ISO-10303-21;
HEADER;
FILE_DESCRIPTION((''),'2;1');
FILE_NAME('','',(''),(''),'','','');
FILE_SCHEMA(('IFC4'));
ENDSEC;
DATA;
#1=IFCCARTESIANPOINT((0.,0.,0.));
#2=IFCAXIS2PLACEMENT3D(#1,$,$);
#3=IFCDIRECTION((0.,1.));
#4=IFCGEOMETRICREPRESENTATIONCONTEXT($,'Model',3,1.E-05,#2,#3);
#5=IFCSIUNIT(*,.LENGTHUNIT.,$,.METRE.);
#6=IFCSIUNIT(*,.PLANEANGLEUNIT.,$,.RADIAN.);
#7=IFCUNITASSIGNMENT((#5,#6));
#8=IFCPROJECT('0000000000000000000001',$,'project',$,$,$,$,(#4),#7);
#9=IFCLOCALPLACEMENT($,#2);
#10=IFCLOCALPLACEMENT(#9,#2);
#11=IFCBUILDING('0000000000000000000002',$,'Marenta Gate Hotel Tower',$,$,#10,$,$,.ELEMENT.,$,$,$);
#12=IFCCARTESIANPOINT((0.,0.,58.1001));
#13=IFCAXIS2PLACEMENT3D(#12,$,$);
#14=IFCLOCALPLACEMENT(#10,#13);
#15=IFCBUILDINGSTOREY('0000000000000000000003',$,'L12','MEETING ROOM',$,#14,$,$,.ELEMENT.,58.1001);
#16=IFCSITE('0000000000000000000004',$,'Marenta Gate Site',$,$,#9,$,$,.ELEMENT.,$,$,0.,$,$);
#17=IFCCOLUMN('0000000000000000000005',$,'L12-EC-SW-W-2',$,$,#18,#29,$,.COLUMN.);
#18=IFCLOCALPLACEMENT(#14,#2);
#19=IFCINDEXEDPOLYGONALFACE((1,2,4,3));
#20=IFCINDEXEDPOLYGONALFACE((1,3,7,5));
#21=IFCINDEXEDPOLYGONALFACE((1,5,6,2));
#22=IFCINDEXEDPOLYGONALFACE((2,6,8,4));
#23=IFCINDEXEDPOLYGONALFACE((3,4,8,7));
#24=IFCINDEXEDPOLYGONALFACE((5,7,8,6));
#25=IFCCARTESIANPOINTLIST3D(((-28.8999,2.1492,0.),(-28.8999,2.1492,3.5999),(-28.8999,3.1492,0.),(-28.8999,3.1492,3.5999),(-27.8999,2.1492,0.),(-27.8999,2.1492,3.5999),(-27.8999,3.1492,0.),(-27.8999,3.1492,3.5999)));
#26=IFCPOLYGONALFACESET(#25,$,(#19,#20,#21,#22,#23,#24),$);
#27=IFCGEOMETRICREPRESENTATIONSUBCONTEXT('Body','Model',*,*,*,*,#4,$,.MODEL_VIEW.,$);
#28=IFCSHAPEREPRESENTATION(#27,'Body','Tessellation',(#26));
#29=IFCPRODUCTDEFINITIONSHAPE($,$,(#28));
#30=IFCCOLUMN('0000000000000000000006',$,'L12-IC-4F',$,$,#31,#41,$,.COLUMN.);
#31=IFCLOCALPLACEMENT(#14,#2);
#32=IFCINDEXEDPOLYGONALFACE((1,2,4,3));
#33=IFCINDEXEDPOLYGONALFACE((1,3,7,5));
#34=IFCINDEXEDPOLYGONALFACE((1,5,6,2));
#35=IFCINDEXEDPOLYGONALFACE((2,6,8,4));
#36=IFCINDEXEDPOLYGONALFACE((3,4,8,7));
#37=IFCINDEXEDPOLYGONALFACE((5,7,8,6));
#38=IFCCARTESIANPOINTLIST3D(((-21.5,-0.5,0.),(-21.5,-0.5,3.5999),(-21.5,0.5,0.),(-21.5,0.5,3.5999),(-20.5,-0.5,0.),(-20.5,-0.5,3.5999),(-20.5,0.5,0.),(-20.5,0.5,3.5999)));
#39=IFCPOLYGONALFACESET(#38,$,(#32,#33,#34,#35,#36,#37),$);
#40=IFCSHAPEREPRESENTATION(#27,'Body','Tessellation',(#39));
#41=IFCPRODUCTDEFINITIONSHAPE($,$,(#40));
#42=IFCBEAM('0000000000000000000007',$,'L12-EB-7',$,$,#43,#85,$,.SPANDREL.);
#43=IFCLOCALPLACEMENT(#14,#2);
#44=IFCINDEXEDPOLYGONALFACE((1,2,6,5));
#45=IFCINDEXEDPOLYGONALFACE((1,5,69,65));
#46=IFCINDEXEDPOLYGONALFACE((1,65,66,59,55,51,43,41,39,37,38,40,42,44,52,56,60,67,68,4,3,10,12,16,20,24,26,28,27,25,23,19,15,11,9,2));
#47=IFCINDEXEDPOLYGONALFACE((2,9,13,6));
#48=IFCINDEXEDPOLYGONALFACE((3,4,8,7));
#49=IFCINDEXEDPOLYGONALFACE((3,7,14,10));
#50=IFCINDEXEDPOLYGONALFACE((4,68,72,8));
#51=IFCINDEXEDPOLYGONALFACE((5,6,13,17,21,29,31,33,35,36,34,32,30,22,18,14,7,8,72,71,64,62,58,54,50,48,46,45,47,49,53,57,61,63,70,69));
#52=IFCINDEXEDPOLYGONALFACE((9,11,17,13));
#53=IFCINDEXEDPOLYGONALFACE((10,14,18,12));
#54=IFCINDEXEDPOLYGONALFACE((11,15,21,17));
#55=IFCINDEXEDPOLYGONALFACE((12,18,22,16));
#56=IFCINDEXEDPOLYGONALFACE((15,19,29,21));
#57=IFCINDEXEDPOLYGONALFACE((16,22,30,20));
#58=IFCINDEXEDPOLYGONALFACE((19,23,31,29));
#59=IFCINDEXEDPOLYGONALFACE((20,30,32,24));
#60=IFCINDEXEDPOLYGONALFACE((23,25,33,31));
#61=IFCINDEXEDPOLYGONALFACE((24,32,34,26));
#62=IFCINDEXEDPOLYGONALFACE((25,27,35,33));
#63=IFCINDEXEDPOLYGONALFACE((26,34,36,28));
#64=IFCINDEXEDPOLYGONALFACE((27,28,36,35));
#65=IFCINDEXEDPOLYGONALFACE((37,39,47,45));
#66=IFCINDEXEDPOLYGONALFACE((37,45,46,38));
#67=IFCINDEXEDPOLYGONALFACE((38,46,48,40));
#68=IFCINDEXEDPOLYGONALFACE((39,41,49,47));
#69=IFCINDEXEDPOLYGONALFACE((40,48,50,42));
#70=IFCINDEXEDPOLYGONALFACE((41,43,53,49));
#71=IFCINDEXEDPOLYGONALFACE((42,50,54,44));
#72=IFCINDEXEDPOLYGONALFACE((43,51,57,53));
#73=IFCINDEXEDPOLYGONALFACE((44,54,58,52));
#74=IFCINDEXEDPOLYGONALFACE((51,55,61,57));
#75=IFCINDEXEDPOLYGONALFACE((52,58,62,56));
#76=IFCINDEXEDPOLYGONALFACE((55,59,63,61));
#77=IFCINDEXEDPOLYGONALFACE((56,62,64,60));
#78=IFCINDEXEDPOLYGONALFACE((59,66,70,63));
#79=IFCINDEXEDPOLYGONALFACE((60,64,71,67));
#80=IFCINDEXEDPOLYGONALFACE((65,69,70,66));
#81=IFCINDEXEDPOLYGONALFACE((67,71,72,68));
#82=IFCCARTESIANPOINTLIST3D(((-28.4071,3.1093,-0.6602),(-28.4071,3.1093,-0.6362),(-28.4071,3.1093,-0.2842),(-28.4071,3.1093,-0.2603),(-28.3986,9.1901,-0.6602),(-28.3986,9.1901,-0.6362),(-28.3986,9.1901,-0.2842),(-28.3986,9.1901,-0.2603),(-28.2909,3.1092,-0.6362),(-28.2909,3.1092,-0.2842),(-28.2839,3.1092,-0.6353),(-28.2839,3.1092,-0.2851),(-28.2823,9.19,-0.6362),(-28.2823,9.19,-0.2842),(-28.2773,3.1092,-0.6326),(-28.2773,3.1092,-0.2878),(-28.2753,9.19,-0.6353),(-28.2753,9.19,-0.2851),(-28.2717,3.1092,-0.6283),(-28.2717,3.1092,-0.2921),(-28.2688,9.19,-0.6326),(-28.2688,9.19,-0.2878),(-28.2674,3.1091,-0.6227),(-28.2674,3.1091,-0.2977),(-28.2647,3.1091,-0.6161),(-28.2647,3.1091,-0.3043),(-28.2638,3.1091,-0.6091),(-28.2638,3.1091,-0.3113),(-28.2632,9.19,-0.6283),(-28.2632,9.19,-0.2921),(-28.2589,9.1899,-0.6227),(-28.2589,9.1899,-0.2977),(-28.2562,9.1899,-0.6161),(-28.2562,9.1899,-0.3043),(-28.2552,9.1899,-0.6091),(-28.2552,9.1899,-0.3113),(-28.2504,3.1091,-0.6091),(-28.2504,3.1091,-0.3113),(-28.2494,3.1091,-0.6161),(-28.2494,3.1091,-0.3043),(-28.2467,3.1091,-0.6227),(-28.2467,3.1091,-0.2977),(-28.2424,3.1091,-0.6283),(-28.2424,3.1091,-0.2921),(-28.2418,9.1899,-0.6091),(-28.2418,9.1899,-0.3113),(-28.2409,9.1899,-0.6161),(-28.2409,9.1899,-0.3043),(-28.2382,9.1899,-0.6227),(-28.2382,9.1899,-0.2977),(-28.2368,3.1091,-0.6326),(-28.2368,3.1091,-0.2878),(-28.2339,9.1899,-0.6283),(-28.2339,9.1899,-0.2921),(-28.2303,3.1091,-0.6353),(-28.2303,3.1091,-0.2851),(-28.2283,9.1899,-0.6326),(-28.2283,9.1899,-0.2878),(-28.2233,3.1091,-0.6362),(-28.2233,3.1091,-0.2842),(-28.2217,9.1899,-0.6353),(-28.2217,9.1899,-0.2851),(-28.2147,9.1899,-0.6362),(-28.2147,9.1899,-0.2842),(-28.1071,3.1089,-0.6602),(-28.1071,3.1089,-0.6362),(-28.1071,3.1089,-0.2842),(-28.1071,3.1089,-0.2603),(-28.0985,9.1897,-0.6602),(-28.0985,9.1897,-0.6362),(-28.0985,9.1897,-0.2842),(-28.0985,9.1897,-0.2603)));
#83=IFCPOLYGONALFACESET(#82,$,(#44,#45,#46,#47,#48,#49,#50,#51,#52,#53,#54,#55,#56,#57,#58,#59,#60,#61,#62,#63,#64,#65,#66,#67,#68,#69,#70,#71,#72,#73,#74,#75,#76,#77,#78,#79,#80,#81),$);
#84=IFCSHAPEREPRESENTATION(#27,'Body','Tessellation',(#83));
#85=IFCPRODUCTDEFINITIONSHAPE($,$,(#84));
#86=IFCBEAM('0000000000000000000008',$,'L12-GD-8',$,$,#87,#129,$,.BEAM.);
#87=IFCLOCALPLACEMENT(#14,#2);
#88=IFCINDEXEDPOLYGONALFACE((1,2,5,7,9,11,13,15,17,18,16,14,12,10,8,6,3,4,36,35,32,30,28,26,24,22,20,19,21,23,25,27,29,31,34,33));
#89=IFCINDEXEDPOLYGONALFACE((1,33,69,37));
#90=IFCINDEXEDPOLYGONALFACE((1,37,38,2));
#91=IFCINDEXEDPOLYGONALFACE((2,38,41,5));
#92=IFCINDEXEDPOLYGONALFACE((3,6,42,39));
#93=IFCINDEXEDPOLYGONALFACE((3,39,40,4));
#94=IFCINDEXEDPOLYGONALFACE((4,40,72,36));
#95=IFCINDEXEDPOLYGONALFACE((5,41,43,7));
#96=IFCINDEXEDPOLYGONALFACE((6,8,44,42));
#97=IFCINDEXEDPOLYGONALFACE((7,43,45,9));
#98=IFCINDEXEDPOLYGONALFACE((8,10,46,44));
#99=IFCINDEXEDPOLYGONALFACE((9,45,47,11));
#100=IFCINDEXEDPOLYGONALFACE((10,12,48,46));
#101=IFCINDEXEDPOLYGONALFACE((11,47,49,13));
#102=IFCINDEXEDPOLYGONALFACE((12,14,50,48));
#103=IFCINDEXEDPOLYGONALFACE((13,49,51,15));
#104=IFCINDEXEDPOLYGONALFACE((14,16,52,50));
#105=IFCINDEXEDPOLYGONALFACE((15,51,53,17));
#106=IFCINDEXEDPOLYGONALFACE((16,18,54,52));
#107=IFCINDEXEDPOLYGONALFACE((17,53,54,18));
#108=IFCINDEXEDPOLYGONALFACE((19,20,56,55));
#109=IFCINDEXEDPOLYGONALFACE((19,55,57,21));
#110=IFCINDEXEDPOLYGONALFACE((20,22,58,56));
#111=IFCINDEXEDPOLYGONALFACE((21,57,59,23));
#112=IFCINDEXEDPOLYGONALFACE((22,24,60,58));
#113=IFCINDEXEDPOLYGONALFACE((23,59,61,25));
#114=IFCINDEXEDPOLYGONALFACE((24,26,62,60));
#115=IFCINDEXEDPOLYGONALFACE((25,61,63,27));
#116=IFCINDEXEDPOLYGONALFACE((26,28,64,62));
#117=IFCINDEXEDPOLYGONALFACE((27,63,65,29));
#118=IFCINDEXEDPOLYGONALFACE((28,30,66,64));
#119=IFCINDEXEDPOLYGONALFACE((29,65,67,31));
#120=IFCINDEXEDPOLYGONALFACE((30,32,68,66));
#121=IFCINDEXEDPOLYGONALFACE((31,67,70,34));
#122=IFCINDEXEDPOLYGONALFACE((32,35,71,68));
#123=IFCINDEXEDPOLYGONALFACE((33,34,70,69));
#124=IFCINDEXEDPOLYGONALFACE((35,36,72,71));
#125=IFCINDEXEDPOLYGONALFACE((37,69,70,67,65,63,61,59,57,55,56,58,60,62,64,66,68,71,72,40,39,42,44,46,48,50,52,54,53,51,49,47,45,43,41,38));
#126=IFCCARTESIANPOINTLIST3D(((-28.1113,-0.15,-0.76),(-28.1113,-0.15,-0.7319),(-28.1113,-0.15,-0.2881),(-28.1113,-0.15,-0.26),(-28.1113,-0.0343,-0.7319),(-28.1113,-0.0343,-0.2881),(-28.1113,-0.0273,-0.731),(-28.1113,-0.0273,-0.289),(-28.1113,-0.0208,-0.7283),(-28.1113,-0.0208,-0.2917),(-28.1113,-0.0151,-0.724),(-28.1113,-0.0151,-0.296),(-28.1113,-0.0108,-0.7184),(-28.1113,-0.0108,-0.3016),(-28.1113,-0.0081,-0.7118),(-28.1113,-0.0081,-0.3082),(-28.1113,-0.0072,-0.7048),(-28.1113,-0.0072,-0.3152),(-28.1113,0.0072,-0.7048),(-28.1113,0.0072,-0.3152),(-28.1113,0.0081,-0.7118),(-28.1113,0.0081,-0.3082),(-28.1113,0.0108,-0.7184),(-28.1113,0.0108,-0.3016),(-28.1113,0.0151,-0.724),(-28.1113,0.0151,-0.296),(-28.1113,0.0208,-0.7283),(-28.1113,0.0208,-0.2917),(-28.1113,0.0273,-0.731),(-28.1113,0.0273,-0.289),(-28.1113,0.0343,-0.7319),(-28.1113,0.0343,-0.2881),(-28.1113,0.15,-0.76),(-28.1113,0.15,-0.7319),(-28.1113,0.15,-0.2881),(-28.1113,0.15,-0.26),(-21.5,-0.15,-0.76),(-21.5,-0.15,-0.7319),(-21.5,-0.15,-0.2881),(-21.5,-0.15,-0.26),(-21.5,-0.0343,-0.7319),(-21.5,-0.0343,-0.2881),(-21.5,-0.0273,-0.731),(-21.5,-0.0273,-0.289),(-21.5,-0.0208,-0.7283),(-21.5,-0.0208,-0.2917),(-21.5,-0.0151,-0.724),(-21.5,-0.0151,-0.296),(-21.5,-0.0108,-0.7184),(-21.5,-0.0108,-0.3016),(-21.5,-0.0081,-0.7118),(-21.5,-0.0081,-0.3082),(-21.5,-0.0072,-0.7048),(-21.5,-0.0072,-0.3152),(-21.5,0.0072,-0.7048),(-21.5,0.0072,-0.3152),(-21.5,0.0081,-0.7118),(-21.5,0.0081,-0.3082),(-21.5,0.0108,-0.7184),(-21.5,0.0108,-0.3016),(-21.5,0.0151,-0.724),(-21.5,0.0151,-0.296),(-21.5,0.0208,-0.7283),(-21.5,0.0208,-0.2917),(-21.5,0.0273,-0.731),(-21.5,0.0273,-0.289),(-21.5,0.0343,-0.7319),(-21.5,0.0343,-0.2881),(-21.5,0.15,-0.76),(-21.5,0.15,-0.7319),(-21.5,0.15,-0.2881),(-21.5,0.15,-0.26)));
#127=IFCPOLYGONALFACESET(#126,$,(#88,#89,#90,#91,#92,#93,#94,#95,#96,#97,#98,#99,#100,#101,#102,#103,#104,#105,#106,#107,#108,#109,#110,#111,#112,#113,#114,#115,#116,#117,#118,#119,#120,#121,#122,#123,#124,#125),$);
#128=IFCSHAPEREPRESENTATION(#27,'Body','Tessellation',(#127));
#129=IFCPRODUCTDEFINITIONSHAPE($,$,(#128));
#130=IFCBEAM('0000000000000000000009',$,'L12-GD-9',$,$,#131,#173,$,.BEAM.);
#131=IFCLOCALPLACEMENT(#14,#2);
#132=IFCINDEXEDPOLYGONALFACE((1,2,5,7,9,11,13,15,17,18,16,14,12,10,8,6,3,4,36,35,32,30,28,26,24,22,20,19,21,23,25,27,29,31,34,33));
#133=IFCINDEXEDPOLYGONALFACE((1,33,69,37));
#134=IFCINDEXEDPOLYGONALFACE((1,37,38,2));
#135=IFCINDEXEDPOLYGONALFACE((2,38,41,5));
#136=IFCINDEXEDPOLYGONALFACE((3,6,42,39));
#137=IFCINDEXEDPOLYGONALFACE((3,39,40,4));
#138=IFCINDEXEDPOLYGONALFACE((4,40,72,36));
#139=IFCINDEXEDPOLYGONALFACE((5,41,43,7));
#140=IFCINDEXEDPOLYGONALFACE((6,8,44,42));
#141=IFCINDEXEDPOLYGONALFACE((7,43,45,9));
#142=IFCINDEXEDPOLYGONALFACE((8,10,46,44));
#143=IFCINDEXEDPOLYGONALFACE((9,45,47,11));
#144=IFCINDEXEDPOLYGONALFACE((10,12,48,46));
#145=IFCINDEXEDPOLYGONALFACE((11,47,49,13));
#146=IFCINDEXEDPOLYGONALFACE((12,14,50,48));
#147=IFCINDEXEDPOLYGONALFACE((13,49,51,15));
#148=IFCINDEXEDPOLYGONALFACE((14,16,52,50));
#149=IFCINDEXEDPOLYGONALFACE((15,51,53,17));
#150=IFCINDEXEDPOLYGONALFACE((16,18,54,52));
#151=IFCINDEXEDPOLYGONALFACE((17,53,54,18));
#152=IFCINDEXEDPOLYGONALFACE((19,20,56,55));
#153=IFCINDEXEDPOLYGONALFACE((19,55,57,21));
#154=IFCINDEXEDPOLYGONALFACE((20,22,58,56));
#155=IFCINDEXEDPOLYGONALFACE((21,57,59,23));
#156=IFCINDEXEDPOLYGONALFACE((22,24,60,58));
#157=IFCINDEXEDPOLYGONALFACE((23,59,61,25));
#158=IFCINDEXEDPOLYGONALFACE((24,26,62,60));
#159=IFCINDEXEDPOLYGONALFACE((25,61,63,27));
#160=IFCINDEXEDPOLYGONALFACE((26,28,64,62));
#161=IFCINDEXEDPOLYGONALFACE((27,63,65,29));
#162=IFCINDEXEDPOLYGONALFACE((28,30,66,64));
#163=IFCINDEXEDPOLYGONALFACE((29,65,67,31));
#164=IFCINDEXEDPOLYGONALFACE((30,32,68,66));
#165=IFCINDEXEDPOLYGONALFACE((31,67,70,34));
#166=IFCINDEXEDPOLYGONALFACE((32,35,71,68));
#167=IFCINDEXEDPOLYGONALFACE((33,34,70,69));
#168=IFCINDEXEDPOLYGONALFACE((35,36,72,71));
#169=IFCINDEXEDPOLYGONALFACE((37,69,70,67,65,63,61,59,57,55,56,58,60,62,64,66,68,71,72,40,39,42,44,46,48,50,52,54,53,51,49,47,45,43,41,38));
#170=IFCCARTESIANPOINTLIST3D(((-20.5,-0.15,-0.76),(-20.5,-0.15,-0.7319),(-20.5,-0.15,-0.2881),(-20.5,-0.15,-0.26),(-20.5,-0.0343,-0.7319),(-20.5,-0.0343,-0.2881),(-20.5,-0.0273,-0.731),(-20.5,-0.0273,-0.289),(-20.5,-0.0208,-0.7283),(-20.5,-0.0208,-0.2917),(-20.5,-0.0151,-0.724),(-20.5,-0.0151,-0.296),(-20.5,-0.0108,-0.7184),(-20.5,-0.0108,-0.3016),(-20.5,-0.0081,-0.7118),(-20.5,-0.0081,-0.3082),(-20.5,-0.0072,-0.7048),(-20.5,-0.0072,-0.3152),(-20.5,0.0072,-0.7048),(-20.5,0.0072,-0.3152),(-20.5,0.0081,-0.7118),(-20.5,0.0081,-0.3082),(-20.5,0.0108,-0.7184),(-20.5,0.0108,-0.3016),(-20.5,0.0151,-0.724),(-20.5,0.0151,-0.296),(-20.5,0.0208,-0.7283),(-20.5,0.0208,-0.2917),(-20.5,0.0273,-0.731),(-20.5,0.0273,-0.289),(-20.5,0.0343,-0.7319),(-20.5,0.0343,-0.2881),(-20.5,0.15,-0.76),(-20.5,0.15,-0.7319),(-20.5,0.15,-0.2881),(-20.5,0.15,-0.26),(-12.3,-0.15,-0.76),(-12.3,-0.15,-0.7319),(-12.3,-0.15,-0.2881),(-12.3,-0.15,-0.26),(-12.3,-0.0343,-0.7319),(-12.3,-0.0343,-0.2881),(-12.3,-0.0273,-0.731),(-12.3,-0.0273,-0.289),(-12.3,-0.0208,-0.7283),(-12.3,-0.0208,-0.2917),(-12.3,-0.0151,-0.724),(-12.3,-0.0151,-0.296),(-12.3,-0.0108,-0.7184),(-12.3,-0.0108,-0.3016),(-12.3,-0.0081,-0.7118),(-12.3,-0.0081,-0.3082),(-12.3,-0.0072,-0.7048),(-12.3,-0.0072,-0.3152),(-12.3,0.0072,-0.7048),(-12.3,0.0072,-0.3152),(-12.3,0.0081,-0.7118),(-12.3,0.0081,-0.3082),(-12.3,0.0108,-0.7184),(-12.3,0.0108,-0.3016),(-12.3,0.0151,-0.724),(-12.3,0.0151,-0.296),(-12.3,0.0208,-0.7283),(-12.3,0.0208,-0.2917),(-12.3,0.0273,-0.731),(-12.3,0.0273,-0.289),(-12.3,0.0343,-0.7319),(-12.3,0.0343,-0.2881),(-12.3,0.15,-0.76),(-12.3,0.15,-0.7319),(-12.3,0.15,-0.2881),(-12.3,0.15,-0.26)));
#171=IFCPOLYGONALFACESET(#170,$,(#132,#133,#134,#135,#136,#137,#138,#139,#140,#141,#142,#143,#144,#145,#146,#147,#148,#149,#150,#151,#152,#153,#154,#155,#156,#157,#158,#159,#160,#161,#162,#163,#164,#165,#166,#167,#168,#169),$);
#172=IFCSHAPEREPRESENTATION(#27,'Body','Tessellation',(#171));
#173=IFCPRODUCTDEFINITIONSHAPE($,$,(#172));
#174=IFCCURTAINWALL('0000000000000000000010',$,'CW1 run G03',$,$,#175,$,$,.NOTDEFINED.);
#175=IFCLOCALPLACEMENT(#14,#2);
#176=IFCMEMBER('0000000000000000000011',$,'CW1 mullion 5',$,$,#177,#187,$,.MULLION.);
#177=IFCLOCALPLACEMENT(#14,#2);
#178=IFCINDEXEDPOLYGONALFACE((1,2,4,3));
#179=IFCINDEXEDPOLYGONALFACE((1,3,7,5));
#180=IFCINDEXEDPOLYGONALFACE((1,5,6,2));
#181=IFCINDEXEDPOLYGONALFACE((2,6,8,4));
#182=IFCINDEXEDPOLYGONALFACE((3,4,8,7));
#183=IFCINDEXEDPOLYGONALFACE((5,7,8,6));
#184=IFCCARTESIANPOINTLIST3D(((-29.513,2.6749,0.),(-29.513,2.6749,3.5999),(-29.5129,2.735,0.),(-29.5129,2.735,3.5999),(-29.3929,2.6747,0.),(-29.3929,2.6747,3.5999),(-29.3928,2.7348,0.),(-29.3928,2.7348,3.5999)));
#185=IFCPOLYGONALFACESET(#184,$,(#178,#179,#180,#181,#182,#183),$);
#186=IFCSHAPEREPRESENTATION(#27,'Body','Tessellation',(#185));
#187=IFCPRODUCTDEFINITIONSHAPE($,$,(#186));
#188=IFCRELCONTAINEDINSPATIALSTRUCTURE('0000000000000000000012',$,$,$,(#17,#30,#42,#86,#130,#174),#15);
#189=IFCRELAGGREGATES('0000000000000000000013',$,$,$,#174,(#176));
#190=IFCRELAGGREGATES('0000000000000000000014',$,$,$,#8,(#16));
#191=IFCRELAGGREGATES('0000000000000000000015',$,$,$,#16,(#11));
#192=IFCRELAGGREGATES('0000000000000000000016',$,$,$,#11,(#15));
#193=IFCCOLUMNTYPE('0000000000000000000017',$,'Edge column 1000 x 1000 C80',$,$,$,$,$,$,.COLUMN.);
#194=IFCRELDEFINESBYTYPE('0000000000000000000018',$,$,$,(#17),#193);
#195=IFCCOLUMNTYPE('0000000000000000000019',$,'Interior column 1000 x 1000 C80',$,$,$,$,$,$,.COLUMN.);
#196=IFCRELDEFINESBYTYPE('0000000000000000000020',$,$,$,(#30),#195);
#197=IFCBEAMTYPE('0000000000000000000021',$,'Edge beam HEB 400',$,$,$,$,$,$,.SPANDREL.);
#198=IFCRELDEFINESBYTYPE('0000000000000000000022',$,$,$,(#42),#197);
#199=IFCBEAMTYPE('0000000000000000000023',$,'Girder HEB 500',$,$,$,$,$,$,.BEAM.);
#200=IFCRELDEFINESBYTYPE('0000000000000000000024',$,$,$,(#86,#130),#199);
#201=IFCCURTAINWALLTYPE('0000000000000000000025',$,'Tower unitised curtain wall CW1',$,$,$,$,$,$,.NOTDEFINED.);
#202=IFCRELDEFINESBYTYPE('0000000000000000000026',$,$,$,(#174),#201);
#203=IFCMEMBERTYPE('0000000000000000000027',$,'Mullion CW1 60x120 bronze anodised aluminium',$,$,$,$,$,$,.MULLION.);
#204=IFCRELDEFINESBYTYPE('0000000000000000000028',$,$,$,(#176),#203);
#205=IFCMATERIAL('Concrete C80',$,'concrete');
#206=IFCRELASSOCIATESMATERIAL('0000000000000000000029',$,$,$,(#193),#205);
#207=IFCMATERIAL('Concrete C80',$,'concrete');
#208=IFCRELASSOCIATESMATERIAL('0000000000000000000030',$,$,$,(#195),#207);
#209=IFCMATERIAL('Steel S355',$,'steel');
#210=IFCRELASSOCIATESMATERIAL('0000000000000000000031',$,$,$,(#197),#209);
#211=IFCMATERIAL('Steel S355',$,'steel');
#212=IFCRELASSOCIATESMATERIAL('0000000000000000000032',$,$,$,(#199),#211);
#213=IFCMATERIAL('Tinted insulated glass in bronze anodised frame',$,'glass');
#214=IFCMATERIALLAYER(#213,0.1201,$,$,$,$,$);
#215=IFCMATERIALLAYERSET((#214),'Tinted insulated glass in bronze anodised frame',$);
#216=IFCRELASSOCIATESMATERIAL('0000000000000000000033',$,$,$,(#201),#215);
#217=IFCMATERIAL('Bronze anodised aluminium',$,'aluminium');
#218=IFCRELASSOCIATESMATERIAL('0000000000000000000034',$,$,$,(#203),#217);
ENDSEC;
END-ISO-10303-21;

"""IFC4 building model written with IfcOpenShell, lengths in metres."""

from ifc_helpers import new_model, si_unit, direction, frame, origin, origin_2d, place, context, subcontext, project, spatial, rectangle, i_section, extrude, material, layer, layer_set, material_profile, profile_set, type_object, element, aggregate, save


model = new_model("IFC4")

# Units and contexts
model_context = context("Model", 3, precision=1e-05, world=origin(), true_north=direction((0.0, 1.0)))
body_context = subcontext(model_context, "Body", "Model", "MODEL_VIEW")
ifc_project = project(units=[si_unit("LENGTHUNIT", "METRE"), si_unit("PLANEANGLEUNIT", "RADIAN")], contexts=[model_context])

# Site, building, storey
site_placement = place(None, origin())
site = spatial("IfcSite", under=ifc_project, at=site_placement, Name="Marenta Gate Site", CompositionType="ELEMENT", RefElevation=0.0)
building_placement = place(site_placement, origin())
building = spatial("IfcBuilding", under=site, at=building_placement, Name="Marenta Gate Hotel Tower", CompositionType="ELEMENT")
storey_placement = place(building_placement, frame((0.0, 0.0, 58.1001)))
storey = spatial("IfcBuildingStorey", under=building, at=storey_placement, Name="L12", Description="MEETING ROOM", CompositionType="ELEMENT", Elevation=58.1001)

# Columns
ifc_material_1 = material(Name="Concrete C80", Category="concrete")
ifc_material_profile_1 = material_profile(ifc_material_1, rectangle(XDim=1.0, YDim=1.0, at=origin_2d()), Name="1000 x 1000")
ifc_profile_set_1 = profile_set([ifc_material_profile_1], Name="Concrete C80")
column_type_1 = type_object("IfcColumnType", Name="Edge column 1000 x 1000 C80", PredefinedType="COLUMN", material=ifc_profile_set_1)
column_1_placement = place(storey_placement, frame((-28.3999, 2.6492, 0.0), z_axis=(0.0, 0.0, 1.0), x_axis=(1.0, 0.0, 0.0)))
element("IfcColumn", 1, at=column_1_placement, inside=storey, type_object=column_type_1, Name="L12-EC-SW-W-2", PredefinedType="COLUMN", context=body_context, shape_type="SweptSolid", body=[
    extrude(rectangle(XDim=1.0, YDim=1.0, at=origin_2d()), origin(), (0.0, 0.0, 1.0), 3.5999),
])
ifc_material_2 = material(Name="Concrete C80", Category="concrete")
ifc_material_profile_2 = material_profile(ifc_material_2, rectangle(XDim=1.0, YDim=1.0, at=origin_2d()), Name="1000 x 1000")
ifc_profile_set_2 = profile_set([ifc_material_profile_2], Name="Concrete C80")
column_type_2 = type_object("IfcColumnType", Name="Interior column 1000 x 1000 C80", PredefinedType="COLUMN", material=ifc_profile_set_2)
column_2_placement = place(storey_placement, frame((-21.0, 0.0, 0.0), z_axis=(0.0, 0.0, 1.0), x_axis=(1.0, 0.0, 0.0)))
element("IfcColumn", 2, at=column_2_placement, inside=storey, type_object=column_type_2, Name="L12-IC-4F", PredefinedType="COLUMN", context=body_context, shape_type="SweptSolid", body=[
    extrude(rectangle(XDim=1.0, YDim=1.0, at=origin_2d()), origin(), (0.0, 0.0, 1.0), 3.5999),
])

# Beams
ifc_material_3 = material(Name="Steel S355", Category="steel")
ifc_material_profile_3 = material_profile(ifc_material_3, i_section(OverallWidth=0.3, OverallDepth=0.3999, WebThickness=0.0134, FlangeThickness=0.0239, FilletRadius=0.0271, at=origin_2d()), Name="HEB 400")
ifc_profile_set_3 = profile_set([ifc_material_profile_3], Name="Steel S355")
beam_type_1 = type_object("IfcBeamType", Name="Edge beam HEB 400", PredefinedType="SPANDREL", material=ifc_profile_set_3)
beam_1_placement = place(storey_placement, frame((-28.2571, 3.1091, -0.4602), z_axis=(0.001405, 0.999999, 0.0), x_axis=(-0.999999, 0.001405, 0.0)))
element("IfcBeam", 3, at=beam_1_placement, inside=storey, type_object=beam_type_1, Name="L12-EB-7", PredefinedType="SPANDREL", context=body_context, shape_type="SweptSolid", body=[
    extrude(i_section(OverallWidth=0.3, OverallDepth=0.3999, WebThickness=0.0134, FlangeThickness=0.0239, FilletRadius=0.0271, at=origin_2d()), origin(), (0.0, 0.0, 1.0), 6.0808),
])
ifc_material_4 = material(Name="Steel S355", Category="steel")
ifc_material_profile_4 = material_profile(ifc_material_4, i_section(OverallWidth=0.3, OverallDepth=0.5, WebThickness=0.0144, FlangeThickness=0.0281, FilletRadius=0.0271, at=origin_2d()), Name="HEB 500")
ifc_profile_set_4 = profile_set([ifc_material_profile_4], Name="Steel S355")
beam_type_2 = type_object("IfcBeamType", Name="Girder HEB 500", PredefinedType="BEAM", material=ifc_profile_set_4)
beam_2_placement = place(storey_placement, frame((-28.1113, 0.0, -0.51), z_axis=(1.0, 0.0, 0.0), x_axis=(0.0, 1.0, 0.0)))
element("IfcBeam", 4, at=beam_2_placement, inside=storey, type_object=beam_type_2, Name="L12-GD-8", PredefinedType="BEAM", context=body_context, shape_type="SweptSolid", body=[
    extrude(i_section(OverallWidth=0.3, OverallDepth=0.5, WebThickness=0.0144, FlangeThickness=0.0281, FilletRadius=0.0271, at=origin_2d()), origin(), (0.0, 0.0, 1.0), 6.6113),
])
beam_3_placement = place(storey_placement, frame((-20.5, 0.0, -0.51), z_axis=(1.0, 0.0, 0.0), x_axis=(0.0, 1.0, 0.0)))
element("IfcBeam", 5, at=beam_3_placement, inside=storey, type_object=beam_type_2, Name="L12-GD-9", PredefinedType="BEAM", context=body_context, shape_type="SweptSolid", body=[
    extrude(i_section(OverallWidth=0.3, OverallDepth=0.5, WebThickness=0.0144, FlangeThickness=0.0281, FilletRadius=0.0271, at=origin_2d()), origin(), (0.0, 0.0, 1.0), 8.2),
])

# Curtain wall, member
ifc_material_5 = material(Name="Tinted insulated glass in bronze anodised frame", Category="glass")
ifc_layer_1 = layer(ifc_material_5, 0.1201)
ifc_layer_set_1 = layer_set([ifc_layer_1], Name="Tinted insulated glass in bronze anodised frame")
curtain_wall_type = type_object("IfcCurtainWallType", Name="Tower unitised curtain wall CW1", PredefinedType="NOTDEFINED", material=ifc_layer_set_1)
curtain_wall_placement = place(storey_placement, origin())
curtain_wall = element("IfcCurtainWall", 6, at=curtain_wall_placement, inside=storey, type_object=curtain_wall_type, Name="CW1 run G03", PredefinedType="NOTDEFINED")
ifc_material_6 = material(Name="Bronze anodised aluminium", Category="aluminium")
ifc_material_profile_5 = material_profile(ifc_material_6, rectangle(XDim=0.1201, YDim=0.0601, at=origin_2d()), Name="Mullion CW1 60x120 bronze anodised aluminium")
ifc_profile_set_5 = profile_set([ifc_material_profile_5], Name="Bronze anodised aluminium")
member_type_1 = type_object("IfcMemberType", Name="Mullion CW1 60x120 bronze anodised aluminium", PredefinedType="MULLION", material=ifc_profile_set_5)
member_1_placement = place(storey_placement, frame((-29.4529, 2.7048, 0.0), z_axis=(0.0, 0.0, 1.0), x_axis=(0.999999, -0.001566, 0.0)))
member_1 = element("IfcMember", 7, at=member_1_placement, type_object=member_type_1, Name="CW1 mullion 5", PredefinedType="MULLION", context=body_context, shape_type="SweptSolid", body=[
    extrude(rectangle(XDim=0.1201, YDim=0.0601, at=origin_2d()), origin(), (0.0, 0.0, 1.0), 3.5999),
])
aggregate(curtain_wall, [member_1])

save(model, "model.ifc")
